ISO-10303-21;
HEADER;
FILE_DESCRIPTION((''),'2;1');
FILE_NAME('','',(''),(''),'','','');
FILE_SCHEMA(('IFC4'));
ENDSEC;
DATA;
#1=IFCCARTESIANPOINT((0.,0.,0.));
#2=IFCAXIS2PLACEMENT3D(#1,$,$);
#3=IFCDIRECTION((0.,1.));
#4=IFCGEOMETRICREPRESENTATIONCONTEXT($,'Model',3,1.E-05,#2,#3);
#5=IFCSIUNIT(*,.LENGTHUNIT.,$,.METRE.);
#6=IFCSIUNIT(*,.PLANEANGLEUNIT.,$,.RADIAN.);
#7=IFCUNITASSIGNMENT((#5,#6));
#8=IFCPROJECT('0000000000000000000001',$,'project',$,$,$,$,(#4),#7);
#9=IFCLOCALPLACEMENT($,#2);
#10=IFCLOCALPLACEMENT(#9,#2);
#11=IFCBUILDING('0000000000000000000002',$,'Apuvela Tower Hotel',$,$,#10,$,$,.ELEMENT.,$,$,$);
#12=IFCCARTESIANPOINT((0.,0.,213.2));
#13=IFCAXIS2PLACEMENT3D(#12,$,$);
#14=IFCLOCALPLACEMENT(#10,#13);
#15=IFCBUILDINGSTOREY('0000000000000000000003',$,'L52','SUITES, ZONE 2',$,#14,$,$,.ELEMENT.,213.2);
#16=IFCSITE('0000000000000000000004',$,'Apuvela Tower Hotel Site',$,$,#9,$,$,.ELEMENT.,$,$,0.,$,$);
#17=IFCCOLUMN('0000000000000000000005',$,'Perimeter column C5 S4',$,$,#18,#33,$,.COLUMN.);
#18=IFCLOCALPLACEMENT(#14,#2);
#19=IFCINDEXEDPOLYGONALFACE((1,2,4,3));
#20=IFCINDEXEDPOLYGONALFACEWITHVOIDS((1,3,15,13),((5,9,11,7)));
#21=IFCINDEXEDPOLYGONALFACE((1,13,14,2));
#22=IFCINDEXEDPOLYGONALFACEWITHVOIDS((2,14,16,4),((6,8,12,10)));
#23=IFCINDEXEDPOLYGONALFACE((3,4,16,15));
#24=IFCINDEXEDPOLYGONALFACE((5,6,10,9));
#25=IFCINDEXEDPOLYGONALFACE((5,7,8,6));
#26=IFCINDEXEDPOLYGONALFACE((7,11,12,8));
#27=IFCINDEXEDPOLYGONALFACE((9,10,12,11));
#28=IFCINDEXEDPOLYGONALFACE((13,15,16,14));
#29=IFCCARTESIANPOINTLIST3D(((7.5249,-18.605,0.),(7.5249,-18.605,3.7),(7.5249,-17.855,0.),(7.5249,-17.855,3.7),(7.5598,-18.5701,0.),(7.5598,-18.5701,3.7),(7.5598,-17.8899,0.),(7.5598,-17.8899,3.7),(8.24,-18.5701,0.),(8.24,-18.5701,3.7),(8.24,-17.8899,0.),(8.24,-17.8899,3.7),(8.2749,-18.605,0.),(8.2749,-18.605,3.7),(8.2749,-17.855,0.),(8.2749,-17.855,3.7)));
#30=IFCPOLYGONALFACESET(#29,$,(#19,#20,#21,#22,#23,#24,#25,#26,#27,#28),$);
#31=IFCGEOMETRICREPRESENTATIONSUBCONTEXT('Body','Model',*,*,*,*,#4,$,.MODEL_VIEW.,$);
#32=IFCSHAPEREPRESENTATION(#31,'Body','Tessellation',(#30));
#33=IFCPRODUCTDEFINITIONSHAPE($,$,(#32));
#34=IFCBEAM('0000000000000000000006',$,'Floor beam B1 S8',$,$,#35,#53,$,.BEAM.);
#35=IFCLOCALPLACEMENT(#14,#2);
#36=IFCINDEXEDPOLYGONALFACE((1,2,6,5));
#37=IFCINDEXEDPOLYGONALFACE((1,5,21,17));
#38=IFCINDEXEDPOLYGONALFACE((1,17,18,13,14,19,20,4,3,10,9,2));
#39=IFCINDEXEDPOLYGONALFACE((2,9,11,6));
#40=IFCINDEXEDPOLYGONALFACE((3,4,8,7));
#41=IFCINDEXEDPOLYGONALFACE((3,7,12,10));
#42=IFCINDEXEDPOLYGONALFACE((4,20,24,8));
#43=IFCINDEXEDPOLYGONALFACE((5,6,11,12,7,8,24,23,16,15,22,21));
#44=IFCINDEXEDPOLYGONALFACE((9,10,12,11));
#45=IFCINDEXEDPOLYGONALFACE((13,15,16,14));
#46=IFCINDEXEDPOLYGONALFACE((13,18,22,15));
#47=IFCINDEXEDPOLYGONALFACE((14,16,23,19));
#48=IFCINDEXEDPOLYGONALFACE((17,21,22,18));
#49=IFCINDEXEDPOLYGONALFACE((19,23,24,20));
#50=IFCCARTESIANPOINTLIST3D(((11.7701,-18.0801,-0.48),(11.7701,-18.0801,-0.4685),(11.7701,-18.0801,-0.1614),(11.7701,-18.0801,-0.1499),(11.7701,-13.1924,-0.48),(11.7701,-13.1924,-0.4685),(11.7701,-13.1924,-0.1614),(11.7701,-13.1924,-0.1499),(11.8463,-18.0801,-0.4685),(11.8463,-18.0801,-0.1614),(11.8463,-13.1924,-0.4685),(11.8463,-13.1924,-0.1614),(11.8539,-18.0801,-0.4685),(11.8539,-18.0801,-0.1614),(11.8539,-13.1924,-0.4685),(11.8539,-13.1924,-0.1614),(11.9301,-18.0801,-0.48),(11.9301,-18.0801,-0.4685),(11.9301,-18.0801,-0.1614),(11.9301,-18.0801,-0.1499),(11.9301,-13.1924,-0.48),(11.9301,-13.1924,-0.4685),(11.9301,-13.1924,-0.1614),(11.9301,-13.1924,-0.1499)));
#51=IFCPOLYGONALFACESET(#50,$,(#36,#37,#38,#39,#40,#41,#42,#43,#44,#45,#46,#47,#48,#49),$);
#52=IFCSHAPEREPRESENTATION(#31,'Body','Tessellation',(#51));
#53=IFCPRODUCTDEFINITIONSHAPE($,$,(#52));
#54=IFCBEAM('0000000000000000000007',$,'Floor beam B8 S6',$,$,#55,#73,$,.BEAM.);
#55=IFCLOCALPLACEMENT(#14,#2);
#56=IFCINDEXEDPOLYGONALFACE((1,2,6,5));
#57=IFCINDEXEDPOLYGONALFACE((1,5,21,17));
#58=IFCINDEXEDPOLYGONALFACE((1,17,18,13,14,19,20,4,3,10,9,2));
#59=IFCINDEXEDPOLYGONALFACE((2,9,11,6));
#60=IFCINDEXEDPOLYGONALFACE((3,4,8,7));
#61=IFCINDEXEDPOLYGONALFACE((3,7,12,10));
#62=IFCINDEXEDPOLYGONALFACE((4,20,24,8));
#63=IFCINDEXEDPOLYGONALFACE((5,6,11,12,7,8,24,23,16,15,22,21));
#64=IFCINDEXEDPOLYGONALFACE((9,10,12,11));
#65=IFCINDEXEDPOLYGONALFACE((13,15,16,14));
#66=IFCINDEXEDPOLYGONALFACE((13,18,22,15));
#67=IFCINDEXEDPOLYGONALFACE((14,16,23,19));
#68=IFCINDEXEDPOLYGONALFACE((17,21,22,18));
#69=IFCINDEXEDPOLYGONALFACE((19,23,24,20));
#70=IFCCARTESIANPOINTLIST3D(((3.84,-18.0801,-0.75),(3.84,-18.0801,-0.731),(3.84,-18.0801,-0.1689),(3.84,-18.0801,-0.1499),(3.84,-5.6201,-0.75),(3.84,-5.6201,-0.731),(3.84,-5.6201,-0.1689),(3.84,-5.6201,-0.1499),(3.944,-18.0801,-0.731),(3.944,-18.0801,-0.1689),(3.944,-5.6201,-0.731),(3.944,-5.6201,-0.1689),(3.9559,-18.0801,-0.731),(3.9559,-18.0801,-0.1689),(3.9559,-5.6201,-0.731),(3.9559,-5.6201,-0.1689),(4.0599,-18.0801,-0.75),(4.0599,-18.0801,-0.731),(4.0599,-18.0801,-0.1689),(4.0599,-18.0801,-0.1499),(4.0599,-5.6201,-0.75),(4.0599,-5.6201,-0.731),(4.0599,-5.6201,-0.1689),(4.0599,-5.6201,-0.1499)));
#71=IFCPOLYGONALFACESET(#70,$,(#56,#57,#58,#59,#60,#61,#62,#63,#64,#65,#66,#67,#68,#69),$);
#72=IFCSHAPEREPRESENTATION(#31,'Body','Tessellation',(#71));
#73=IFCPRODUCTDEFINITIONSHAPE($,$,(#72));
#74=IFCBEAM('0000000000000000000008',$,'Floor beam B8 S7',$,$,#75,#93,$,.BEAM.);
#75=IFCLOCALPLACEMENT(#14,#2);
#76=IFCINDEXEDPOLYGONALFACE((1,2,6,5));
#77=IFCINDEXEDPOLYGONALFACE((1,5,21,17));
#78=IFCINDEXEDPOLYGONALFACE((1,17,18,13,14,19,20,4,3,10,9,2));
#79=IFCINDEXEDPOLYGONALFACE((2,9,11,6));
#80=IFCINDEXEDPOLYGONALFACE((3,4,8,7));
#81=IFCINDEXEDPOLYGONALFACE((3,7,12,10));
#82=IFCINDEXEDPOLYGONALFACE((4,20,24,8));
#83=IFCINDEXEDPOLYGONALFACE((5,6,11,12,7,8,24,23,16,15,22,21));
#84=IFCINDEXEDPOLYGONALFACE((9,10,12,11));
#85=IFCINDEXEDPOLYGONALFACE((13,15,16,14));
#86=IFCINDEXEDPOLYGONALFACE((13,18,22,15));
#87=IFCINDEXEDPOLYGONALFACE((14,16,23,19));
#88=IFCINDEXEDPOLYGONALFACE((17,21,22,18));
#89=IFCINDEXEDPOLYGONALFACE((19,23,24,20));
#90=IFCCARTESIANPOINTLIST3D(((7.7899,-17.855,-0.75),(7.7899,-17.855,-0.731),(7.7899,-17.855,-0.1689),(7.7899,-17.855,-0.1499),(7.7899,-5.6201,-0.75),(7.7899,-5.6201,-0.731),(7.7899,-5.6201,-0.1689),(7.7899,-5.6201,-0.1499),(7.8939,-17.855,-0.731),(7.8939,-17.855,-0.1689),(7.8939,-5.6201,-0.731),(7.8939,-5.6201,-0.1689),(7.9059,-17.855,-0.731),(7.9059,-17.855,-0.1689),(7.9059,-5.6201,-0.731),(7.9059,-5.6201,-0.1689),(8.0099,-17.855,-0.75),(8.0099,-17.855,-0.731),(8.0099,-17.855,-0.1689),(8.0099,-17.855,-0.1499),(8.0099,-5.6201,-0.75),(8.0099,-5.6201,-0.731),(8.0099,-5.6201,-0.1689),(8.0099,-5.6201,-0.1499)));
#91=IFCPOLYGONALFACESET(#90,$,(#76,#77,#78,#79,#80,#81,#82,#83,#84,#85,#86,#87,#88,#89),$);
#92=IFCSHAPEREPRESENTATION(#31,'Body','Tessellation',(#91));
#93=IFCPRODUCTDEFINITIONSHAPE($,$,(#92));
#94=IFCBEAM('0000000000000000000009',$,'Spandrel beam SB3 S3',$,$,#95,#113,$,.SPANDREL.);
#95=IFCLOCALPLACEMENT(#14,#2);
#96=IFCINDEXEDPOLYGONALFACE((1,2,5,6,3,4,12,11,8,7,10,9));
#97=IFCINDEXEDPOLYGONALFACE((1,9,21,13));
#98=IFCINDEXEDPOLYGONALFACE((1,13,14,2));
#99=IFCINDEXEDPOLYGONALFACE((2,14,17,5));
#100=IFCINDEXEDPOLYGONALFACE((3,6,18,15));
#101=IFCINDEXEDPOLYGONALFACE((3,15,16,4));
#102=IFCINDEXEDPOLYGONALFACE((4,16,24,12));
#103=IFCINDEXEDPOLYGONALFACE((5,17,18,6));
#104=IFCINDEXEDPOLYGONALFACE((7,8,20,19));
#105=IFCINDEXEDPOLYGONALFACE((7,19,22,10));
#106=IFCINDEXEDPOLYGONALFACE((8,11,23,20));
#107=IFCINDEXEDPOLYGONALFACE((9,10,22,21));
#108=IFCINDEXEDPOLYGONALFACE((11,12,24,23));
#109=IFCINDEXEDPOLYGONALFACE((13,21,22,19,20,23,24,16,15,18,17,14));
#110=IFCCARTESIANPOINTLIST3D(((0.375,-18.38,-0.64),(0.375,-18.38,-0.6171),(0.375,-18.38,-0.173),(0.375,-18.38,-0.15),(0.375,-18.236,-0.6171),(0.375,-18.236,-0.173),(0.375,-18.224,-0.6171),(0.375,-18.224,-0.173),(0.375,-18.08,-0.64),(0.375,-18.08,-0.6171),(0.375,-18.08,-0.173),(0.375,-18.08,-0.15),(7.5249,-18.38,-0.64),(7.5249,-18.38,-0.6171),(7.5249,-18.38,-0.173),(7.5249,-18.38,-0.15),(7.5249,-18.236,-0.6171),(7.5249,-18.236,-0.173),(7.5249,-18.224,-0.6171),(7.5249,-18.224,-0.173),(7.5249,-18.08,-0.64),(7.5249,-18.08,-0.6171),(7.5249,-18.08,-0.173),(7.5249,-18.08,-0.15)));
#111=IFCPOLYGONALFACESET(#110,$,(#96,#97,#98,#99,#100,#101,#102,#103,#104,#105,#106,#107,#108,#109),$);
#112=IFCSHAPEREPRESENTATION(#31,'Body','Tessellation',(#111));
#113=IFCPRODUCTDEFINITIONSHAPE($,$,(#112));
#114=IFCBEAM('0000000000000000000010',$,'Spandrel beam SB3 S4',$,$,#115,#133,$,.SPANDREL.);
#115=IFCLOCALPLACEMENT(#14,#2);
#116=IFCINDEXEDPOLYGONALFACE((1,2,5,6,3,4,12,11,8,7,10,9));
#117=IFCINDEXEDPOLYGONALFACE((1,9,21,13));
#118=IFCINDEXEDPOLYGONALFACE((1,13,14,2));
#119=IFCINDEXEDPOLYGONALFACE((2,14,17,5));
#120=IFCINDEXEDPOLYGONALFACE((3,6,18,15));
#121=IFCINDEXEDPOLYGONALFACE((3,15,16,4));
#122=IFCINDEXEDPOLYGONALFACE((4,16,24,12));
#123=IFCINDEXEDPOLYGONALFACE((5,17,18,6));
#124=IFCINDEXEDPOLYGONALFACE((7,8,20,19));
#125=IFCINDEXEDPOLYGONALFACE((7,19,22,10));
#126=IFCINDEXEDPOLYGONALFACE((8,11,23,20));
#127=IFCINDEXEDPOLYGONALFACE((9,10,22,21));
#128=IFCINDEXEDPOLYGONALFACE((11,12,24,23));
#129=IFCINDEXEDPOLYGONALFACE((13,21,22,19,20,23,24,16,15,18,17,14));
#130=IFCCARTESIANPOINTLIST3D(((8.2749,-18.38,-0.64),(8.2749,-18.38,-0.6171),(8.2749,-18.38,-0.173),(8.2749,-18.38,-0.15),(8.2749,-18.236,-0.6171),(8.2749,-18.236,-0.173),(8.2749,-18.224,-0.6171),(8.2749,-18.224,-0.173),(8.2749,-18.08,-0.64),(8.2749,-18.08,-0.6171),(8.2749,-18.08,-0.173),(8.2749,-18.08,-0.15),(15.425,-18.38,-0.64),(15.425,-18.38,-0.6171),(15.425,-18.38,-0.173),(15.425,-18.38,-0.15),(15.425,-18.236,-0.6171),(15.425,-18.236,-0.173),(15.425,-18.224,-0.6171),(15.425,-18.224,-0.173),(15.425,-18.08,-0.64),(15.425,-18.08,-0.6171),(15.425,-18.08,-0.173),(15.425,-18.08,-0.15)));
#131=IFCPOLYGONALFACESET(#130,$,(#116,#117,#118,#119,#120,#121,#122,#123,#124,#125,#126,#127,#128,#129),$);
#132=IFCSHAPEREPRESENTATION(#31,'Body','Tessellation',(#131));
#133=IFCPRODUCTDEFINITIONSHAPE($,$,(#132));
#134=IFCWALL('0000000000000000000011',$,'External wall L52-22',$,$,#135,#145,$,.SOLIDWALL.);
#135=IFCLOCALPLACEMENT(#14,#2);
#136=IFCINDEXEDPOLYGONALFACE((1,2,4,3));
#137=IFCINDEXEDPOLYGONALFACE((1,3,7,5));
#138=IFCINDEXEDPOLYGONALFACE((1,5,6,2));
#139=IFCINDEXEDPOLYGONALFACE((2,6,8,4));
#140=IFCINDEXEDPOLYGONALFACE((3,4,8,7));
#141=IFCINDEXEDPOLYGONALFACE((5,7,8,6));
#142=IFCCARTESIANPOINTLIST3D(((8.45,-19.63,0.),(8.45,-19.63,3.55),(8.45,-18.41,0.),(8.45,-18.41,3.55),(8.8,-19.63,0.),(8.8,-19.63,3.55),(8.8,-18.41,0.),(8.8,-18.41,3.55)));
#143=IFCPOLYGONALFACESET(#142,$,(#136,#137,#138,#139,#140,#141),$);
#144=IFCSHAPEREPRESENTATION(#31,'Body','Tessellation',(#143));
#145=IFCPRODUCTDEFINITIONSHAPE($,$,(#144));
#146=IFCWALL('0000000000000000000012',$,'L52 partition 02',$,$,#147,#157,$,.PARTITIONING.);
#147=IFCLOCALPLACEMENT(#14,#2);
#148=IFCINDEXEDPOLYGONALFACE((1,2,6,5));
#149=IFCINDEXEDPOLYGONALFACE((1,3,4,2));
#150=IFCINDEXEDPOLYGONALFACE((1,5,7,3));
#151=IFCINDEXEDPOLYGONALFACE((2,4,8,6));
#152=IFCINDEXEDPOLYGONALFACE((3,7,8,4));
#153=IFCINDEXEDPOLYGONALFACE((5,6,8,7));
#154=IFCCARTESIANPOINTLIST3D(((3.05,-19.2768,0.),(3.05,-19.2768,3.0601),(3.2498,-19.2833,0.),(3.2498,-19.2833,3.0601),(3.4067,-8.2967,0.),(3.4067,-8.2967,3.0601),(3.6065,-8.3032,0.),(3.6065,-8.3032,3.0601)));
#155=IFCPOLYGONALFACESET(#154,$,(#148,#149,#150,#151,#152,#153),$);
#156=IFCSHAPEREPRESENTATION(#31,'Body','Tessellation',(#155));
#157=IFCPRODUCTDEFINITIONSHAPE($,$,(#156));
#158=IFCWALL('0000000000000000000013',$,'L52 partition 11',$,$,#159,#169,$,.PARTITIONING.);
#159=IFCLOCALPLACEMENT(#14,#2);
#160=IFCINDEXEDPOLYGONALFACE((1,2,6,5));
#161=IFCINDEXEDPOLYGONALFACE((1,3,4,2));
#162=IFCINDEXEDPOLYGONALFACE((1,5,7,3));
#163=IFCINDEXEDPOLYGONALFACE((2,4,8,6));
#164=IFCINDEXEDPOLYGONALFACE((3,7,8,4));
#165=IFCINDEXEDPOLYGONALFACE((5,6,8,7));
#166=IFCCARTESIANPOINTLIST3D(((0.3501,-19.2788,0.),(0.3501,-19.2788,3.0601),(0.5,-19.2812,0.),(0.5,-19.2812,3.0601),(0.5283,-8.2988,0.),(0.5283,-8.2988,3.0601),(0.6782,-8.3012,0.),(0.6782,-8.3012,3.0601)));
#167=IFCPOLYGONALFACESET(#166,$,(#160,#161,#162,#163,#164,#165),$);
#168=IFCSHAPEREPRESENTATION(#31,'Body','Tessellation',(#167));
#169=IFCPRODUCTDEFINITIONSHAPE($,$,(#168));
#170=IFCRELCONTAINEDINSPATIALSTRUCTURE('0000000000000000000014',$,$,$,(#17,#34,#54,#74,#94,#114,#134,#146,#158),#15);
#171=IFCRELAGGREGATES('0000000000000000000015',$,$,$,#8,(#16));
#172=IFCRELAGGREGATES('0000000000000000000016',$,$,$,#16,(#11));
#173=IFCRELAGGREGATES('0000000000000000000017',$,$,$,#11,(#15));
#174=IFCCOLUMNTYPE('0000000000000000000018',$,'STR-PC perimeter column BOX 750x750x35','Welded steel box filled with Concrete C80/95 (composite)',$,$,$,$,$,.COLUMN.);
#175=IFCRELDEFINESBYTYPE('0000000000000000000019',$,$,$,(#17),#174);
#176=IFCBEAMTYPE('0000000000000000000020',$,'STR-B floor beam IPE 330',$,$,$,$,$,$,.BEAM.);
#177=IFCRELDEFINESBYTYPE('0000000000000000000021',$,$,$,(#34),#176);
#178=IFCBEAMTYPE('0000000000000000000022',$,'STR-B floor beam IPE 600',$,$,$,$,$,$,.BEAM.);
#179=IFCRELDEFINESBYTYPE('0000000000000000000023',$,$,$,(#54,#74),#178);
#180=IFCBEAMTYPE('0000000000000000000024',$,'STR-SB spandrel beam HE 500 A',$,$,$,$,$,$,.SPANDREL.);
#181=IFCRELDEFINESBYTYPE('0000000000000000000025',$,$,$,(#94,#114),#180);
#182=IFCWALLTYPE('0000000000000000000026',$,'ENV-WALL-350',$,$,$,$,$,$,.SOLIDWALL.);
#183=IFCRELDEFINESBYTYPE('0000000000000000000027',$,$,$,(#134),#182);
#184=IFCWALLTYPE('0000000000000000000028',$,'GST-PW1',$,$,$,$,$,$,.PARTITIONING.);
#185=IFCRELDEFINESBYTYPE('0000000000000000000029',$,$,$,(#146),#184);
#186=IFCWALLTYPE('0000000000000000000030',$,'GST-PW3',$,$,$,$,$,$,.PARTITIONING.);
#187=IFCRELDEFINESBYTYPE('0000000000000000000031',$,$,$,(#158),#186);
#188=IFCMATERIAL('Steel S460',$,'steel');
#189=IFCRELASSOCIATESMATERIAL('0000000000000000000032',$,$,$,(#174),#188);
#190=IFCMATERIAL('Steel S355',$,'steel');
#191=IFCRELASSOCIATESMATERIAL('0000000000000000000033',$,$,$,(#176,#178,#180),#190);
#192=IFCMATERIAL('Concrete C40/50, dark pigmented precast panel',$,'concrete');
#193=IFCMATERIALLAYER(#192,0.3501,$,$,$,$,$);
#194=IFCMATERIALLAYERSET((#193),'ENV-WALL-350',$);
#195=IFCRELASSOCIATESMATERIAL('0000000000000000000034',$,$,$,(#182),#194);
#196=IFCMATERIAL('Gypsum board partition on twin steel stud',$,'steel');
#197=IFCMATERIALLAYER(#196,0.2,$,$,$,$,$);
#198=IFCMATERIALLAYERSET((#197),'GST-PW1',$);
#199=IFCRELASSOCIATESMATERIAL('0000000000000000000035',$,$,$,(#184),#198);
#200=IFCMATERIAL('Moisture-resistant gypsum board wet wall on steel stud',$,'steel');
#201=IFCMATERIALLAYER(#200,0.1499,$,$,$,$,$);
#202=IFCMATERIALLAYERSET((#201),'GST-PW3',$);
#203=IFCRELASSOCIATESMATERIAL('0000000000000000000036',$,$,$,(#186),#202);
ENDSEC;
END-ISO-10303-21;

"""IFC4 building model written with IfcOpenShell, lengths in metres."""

from ifc_helpers import new_model, si_unit, direction, frame, frame_2d, origin, origin_2d, place, context, subcontext, project, spatial, rectangle, hollow_rectangle, i_section, extrude, material, layer, layer_set, material_profile, profile_set, type_object, element, save


model = new_model("IFC4")

# Units and contexts
model_context = context("Model", 3, precision=1e-05, world=origin(), true_north=direction((0.0, 1.0)))
body_context = subcontext(model_context, "Body", "Model", "MODEL_VIEW")
ifc_project = project(units=[si_unit("LENGTHUNIT", "METRE"), si_unit("PLANEANGLEUNIT", "RADIAN")], contexts=[model_context])

# Site, building, storey
site_placement = place(None, origin())
site = spatial("IfcSite", under=ifc_project, at=site_placement, Name="Apuvela Tower Hotel Site", CompositionType="ELEMENT", RefElevation=0.0)
building_placement = place(site_placement, origin())
building = spatial("IfcBuilding", under=site, at=building_placement, Name="Apuvela Tower Hotel", CompositionType="ELEMENT")
storey_placement = place(building_placement, frame((0.0, 0.0, 213.2)))
storey = spatial("IfcBuildingStorey", under=building, at=storey_placement, Name="L52", Description="SUITES, ZONE 2", CompositionType="ELEMENT", Elevation=213.2)

# Column
ifc_material_1 = material(Name="Steel S460", Category="steel")
ifc_material_profile_1 = material_profile(ifc_material_1, hollow_rectangle(XDim=0.75, YDim=0.75, WallThickness=0.0349, at=origin_2d()), Name="BOX 750x750x35")
ifc_material_2 = material(Name="Concrete C80/95", Category="concrete")
ifc_material_profile_2 = material_profile(ifc_material_2, rectangle(XDim=0.6799, YDim=0.6799, at=origin_2d()), Name="Concrete C80/95 infill")
ifc_profile_set_1 = profile_set([ifc_material_profile_1, ifc_material_profile_2], Name="Steel S460")
column_type = type_object("IfcColumnType", Name="STR-PC perimeter column BOX 750x750x35", Description="Welded steel box filled with Concrete C80/95 (composite)", PredefinedType="COLUMN", material=ifc_profile_set_1)
column_placement = place(storey_placement, frame((7.8999, -18.23, 0.0), z_axis=(0.0, 0.0, 1.0), x_axis=(-1.0, 0.0, 0.0)))
element("IfcColumn", 1, at=column_placement, inside=storey, type_object=column_type, Name="Perimeter column C5 S4", PredefinedType="COLUMN", context=body_context, shape_type="SweptSolid", body=[
    extrude(hollow_rectangle(XDim=0.75, YDim=0.75, WallThickness=0.0349, at=origin_2d()), origin(), (0.0, 0.0, 1.0), 3.7),
])

# Beams
ifc_material_3 = material(Name="Steel S355", Category="steel")
ifc_material_profile_3 = material_profile(ifc_material_3, i_section(OverallWidth=0.1599, OverallDepth=0.3301, WebThickness=0.0076, FlangeThickness=0.0115, at=origin_2d()), Name="IPE 330")
ifc_profile_set_2 = profile_set([ifc_material_profile_3], Name="Steel S355")
beam_type_1 = type_object("IfcBeamType", Name="STR-B floor beam IPE 330", PredefinedType="BEAM", material=ifc_profile_set_2)
beam_1_placement = place(storey_placement, frame((11.8501, -18.0801, -0.3149), z_axis=(0.0, 1.0, 0.0), x_axis=(-1.0, 0.0, 0.0)))
element("IfcBeam", 2, at=beam_1_placement, inside=storey, type_object=beam_type_1, Name="Floor beam B1 S8", PredefinedType="BEAM", context=body_context, shape_type="SweptSolid", body=[
    extrude(i_section(OverallWidth=0.1599, OverallDepth=0.3301, WebThickness=0.0076, FlangeThickness=0.0115, at=origin_2d()), origin(), (0.0, 0.0, 1.0), 4.8877),
])
ifc_material_profile_4 = material_profile(ifc_material_3, i_section(OverallWidth=0.22, OverallDepth=0.6001, WebThickness=0.012, FlangeThickness=0.019, at=origin_2d()), Name="IPE 600")
ifc_profile_set_3 = profile_set([ifc_material_profile_4], Name="Steel S355")
beam_type_2 = type_object("IfcBeamType", Name="STR-B floor beam IPE 600", PredefinedType="BEAM", material=ifc_profile_set_3)
beam_2_placement = place(storey_placement, frame((3.95, -18.0801, -0.45), z_axis=(0.0, 1.0, 0.0), x_axis=(-1.0, 0.0, 0.0)))
element("IfcBeam", 3, at=beam_2_placement, inside=storey, type_object=beam_type_2, Name="Floor beam B8 S6", PredefinedType="BEAM", context=body_context, shape_type="SweptSolid", body=[
    extrude(i_section(OverallWidth=0.22, OverallDepth=0.6001, WebThickness=0.012, FlangeThickness=0.019, at=origin_2d()), origin(), (0.0, 0.0, 1.0), 12.46),
])
beam_3_placement = place(storey_placement, frame((7.8999, -17.855, -0.45), z_axis=(0.0, 1.0, 0.0), x_axis=(-1.0, 0.0, 0.0)))
element("IfcBeam", 4, at=beam_3_placement, inside=storey, type_object=beam_type_2, Name="Floor beam B8 S7", PredefinedType="BEAM", context=body_context, shape_type="SweptSolid", body=[
    extrude(i_section(OverallWidth=0.22, OverallDepth=0.6001, WebThickness=0.012, FlangeThickness=0.019, at=origin_2d()), origin(), (0.0, 0.0, 1.0), 12.2349),
])
ifc_material_profile_5 = material_profile(ifc_material_3, i_section(OverallWidth=0.3, OverallDepth=0.49, WebThickness=0.012, FlangeThickness=0.0229, at=origin_2d()), Name="HE 500 A")
ifc_profile_set_4 = profile_set([ifc_material_profile_5], Name="Steel S355")
beam_type_3 = type_object("IfcBeamType", Name="STR-SB spandrel beam HE 500 A", PredefinedType="SPANDREL", material=ifc_profile_set_4)
beam_4_placement = place(storey_placement, frame((0.375, -18.23, -0.395), z_axis=(1.0, 0.0, 0.0), x_axis=(0.0, 1.0, 0.0)))
element("IfcBeam", 5, at=beam_4_placement, inside=storey, type_object=beam_type_3, Name="Spandrel beam SB3 S3", PredefinedType="SPANDREL", context=body_context, shape_type="SweptSolid", body=[
    extrude(i_section(OverallWidth=0.3, OverallDepth=0.49, WebThickness=0.012, FlangeThickness=0.0229, at=origin_2d()), origin(), (0.0, 0.0, 1.0), 7.1499),
])
beam_5_placement = place(storey_placement, frame((8.2749, -18.23, -0.395), z_axis=(1.0, 0.0, 0.0), x_axis=(0.0, 1.0, 0.0)))
element("IfcBeam", 6, at=beam_5_placement, inside=storey, type_object=beam_type_3, Name="Spandrel beam SB3 S4", PredefinedType="SPANDREL", context=body_context, shape_type="SweptSolid", body=[
    extrude(i_section(OverallWidth=0.3, OverallDepth=0.49, WebThickness=0.012, FlangeThickness=0.0229, at=origin_2d()), origin(), (0.0, 0.0, 1.0), 7.1501),
])

# Wall
ifc_material_4 = material(Name="Concrete C40/50, dark pigmented precast panel", Category="concrete")
ifc_layer_1 = layer(ifc_material_4, 0.3501)
ifc_layer_set_1 = layer_set([ifc_layer_1], Name="ENV-WALL-350")
wall_type_1 = type_object("IfcWallType", Name="ENV-WALL-350", PredefinedType="SOLIDWALL", material=ifc_layer_set_1)
wall_1_placement = place(storey_placement, frame((8.625, -19.6299, 0.0), z_axis=(0.0, 0.0, 1.0), x_axis=(0.0, 1.0, 0.0)))
element("IfcWall", 7, at=wall_1_placement, inside=storey, type_object=wall_type_1, Name="External wall L52-22", PredefinedType="SOLIDWALL", context=body_context, shape_type="SweptSolid", body=[
    extrude(rectangle(XDim=1.22, YDim=0.3501, at=frame_2d((0.6099, 0.0))), origin(), (0.0, 0.0, 1.0), 3.55),
])

# Walls
ifc_material_5 = material(Name="Gypsum board partition on twin steel stud", Category="steel")
ifc_layer_2 = layer(ifc_material_5, 0.2)
ifc_layer_set_2 = layer_set([ifc_layer_2], Name="GST-PW1")
wall_type_2 = type_object("IfcWallType", Name="GST-PW1", PredefinedType="PARTITIONING", material=ifc_layer_set_2)
wall_2_placement = place(storey_placement, frame((3.1499, -19.28, 0.0), z_axis=(0.0, 0.0, 1.0), x_axis=(0.032468, 0.999473, 0.0)))
element("IfcWall", 8, at=wall_2_placement, inside=storey, type_object=wall_type_2, Name="L52 partition 02", PredefinedType="PARTITIONING", context=body_context, shape_type="SweptSolid", body=[
    extrude(rectangle(XDim=10.9858, YDim=0.2, at=frame_2d((5.4929, 0.0))), origin(), (0.0, 0.0, 1.0), 3.0601),
])
ifc_material_6 = material(Name="Moisture-resistant gypsum board wet wall on steel stud", Category="steel")
ifc_layer_3 = layer(ifc_material_6, 0.1499)
ifc_layer_set_3 = layer_set([ifc_layer_3], Name="GST-PW3")
wall_type_3 = type_object("IfcWallType", Name="GST-PW3", PredefinedType="PARTITIONING", material=ifc_layer_set_3)
wall_3_placement = place(storey_placement, frame((0.425, -19.28, 0.0), z_axis=(0.0, 0.0, 1.0), x_axis=(0.016229, 0.999868, 0.0)))
element("IfcWall", 9, at=wall_3_placement, inside=storey, type_object=wall_type_3, Name="L52 partition 11", PredefinedType="PARTITIONING", context=body_context, shape_type="SweptSolid", body=[
    extrude(rectangle(XDim=10.9814, YDim=0.1499, at=frame_2d((5.4907, 0.0))), origin(), (0.0, 0.0, 1.0), 3.0601),
])

save(model, "model.ifc")
